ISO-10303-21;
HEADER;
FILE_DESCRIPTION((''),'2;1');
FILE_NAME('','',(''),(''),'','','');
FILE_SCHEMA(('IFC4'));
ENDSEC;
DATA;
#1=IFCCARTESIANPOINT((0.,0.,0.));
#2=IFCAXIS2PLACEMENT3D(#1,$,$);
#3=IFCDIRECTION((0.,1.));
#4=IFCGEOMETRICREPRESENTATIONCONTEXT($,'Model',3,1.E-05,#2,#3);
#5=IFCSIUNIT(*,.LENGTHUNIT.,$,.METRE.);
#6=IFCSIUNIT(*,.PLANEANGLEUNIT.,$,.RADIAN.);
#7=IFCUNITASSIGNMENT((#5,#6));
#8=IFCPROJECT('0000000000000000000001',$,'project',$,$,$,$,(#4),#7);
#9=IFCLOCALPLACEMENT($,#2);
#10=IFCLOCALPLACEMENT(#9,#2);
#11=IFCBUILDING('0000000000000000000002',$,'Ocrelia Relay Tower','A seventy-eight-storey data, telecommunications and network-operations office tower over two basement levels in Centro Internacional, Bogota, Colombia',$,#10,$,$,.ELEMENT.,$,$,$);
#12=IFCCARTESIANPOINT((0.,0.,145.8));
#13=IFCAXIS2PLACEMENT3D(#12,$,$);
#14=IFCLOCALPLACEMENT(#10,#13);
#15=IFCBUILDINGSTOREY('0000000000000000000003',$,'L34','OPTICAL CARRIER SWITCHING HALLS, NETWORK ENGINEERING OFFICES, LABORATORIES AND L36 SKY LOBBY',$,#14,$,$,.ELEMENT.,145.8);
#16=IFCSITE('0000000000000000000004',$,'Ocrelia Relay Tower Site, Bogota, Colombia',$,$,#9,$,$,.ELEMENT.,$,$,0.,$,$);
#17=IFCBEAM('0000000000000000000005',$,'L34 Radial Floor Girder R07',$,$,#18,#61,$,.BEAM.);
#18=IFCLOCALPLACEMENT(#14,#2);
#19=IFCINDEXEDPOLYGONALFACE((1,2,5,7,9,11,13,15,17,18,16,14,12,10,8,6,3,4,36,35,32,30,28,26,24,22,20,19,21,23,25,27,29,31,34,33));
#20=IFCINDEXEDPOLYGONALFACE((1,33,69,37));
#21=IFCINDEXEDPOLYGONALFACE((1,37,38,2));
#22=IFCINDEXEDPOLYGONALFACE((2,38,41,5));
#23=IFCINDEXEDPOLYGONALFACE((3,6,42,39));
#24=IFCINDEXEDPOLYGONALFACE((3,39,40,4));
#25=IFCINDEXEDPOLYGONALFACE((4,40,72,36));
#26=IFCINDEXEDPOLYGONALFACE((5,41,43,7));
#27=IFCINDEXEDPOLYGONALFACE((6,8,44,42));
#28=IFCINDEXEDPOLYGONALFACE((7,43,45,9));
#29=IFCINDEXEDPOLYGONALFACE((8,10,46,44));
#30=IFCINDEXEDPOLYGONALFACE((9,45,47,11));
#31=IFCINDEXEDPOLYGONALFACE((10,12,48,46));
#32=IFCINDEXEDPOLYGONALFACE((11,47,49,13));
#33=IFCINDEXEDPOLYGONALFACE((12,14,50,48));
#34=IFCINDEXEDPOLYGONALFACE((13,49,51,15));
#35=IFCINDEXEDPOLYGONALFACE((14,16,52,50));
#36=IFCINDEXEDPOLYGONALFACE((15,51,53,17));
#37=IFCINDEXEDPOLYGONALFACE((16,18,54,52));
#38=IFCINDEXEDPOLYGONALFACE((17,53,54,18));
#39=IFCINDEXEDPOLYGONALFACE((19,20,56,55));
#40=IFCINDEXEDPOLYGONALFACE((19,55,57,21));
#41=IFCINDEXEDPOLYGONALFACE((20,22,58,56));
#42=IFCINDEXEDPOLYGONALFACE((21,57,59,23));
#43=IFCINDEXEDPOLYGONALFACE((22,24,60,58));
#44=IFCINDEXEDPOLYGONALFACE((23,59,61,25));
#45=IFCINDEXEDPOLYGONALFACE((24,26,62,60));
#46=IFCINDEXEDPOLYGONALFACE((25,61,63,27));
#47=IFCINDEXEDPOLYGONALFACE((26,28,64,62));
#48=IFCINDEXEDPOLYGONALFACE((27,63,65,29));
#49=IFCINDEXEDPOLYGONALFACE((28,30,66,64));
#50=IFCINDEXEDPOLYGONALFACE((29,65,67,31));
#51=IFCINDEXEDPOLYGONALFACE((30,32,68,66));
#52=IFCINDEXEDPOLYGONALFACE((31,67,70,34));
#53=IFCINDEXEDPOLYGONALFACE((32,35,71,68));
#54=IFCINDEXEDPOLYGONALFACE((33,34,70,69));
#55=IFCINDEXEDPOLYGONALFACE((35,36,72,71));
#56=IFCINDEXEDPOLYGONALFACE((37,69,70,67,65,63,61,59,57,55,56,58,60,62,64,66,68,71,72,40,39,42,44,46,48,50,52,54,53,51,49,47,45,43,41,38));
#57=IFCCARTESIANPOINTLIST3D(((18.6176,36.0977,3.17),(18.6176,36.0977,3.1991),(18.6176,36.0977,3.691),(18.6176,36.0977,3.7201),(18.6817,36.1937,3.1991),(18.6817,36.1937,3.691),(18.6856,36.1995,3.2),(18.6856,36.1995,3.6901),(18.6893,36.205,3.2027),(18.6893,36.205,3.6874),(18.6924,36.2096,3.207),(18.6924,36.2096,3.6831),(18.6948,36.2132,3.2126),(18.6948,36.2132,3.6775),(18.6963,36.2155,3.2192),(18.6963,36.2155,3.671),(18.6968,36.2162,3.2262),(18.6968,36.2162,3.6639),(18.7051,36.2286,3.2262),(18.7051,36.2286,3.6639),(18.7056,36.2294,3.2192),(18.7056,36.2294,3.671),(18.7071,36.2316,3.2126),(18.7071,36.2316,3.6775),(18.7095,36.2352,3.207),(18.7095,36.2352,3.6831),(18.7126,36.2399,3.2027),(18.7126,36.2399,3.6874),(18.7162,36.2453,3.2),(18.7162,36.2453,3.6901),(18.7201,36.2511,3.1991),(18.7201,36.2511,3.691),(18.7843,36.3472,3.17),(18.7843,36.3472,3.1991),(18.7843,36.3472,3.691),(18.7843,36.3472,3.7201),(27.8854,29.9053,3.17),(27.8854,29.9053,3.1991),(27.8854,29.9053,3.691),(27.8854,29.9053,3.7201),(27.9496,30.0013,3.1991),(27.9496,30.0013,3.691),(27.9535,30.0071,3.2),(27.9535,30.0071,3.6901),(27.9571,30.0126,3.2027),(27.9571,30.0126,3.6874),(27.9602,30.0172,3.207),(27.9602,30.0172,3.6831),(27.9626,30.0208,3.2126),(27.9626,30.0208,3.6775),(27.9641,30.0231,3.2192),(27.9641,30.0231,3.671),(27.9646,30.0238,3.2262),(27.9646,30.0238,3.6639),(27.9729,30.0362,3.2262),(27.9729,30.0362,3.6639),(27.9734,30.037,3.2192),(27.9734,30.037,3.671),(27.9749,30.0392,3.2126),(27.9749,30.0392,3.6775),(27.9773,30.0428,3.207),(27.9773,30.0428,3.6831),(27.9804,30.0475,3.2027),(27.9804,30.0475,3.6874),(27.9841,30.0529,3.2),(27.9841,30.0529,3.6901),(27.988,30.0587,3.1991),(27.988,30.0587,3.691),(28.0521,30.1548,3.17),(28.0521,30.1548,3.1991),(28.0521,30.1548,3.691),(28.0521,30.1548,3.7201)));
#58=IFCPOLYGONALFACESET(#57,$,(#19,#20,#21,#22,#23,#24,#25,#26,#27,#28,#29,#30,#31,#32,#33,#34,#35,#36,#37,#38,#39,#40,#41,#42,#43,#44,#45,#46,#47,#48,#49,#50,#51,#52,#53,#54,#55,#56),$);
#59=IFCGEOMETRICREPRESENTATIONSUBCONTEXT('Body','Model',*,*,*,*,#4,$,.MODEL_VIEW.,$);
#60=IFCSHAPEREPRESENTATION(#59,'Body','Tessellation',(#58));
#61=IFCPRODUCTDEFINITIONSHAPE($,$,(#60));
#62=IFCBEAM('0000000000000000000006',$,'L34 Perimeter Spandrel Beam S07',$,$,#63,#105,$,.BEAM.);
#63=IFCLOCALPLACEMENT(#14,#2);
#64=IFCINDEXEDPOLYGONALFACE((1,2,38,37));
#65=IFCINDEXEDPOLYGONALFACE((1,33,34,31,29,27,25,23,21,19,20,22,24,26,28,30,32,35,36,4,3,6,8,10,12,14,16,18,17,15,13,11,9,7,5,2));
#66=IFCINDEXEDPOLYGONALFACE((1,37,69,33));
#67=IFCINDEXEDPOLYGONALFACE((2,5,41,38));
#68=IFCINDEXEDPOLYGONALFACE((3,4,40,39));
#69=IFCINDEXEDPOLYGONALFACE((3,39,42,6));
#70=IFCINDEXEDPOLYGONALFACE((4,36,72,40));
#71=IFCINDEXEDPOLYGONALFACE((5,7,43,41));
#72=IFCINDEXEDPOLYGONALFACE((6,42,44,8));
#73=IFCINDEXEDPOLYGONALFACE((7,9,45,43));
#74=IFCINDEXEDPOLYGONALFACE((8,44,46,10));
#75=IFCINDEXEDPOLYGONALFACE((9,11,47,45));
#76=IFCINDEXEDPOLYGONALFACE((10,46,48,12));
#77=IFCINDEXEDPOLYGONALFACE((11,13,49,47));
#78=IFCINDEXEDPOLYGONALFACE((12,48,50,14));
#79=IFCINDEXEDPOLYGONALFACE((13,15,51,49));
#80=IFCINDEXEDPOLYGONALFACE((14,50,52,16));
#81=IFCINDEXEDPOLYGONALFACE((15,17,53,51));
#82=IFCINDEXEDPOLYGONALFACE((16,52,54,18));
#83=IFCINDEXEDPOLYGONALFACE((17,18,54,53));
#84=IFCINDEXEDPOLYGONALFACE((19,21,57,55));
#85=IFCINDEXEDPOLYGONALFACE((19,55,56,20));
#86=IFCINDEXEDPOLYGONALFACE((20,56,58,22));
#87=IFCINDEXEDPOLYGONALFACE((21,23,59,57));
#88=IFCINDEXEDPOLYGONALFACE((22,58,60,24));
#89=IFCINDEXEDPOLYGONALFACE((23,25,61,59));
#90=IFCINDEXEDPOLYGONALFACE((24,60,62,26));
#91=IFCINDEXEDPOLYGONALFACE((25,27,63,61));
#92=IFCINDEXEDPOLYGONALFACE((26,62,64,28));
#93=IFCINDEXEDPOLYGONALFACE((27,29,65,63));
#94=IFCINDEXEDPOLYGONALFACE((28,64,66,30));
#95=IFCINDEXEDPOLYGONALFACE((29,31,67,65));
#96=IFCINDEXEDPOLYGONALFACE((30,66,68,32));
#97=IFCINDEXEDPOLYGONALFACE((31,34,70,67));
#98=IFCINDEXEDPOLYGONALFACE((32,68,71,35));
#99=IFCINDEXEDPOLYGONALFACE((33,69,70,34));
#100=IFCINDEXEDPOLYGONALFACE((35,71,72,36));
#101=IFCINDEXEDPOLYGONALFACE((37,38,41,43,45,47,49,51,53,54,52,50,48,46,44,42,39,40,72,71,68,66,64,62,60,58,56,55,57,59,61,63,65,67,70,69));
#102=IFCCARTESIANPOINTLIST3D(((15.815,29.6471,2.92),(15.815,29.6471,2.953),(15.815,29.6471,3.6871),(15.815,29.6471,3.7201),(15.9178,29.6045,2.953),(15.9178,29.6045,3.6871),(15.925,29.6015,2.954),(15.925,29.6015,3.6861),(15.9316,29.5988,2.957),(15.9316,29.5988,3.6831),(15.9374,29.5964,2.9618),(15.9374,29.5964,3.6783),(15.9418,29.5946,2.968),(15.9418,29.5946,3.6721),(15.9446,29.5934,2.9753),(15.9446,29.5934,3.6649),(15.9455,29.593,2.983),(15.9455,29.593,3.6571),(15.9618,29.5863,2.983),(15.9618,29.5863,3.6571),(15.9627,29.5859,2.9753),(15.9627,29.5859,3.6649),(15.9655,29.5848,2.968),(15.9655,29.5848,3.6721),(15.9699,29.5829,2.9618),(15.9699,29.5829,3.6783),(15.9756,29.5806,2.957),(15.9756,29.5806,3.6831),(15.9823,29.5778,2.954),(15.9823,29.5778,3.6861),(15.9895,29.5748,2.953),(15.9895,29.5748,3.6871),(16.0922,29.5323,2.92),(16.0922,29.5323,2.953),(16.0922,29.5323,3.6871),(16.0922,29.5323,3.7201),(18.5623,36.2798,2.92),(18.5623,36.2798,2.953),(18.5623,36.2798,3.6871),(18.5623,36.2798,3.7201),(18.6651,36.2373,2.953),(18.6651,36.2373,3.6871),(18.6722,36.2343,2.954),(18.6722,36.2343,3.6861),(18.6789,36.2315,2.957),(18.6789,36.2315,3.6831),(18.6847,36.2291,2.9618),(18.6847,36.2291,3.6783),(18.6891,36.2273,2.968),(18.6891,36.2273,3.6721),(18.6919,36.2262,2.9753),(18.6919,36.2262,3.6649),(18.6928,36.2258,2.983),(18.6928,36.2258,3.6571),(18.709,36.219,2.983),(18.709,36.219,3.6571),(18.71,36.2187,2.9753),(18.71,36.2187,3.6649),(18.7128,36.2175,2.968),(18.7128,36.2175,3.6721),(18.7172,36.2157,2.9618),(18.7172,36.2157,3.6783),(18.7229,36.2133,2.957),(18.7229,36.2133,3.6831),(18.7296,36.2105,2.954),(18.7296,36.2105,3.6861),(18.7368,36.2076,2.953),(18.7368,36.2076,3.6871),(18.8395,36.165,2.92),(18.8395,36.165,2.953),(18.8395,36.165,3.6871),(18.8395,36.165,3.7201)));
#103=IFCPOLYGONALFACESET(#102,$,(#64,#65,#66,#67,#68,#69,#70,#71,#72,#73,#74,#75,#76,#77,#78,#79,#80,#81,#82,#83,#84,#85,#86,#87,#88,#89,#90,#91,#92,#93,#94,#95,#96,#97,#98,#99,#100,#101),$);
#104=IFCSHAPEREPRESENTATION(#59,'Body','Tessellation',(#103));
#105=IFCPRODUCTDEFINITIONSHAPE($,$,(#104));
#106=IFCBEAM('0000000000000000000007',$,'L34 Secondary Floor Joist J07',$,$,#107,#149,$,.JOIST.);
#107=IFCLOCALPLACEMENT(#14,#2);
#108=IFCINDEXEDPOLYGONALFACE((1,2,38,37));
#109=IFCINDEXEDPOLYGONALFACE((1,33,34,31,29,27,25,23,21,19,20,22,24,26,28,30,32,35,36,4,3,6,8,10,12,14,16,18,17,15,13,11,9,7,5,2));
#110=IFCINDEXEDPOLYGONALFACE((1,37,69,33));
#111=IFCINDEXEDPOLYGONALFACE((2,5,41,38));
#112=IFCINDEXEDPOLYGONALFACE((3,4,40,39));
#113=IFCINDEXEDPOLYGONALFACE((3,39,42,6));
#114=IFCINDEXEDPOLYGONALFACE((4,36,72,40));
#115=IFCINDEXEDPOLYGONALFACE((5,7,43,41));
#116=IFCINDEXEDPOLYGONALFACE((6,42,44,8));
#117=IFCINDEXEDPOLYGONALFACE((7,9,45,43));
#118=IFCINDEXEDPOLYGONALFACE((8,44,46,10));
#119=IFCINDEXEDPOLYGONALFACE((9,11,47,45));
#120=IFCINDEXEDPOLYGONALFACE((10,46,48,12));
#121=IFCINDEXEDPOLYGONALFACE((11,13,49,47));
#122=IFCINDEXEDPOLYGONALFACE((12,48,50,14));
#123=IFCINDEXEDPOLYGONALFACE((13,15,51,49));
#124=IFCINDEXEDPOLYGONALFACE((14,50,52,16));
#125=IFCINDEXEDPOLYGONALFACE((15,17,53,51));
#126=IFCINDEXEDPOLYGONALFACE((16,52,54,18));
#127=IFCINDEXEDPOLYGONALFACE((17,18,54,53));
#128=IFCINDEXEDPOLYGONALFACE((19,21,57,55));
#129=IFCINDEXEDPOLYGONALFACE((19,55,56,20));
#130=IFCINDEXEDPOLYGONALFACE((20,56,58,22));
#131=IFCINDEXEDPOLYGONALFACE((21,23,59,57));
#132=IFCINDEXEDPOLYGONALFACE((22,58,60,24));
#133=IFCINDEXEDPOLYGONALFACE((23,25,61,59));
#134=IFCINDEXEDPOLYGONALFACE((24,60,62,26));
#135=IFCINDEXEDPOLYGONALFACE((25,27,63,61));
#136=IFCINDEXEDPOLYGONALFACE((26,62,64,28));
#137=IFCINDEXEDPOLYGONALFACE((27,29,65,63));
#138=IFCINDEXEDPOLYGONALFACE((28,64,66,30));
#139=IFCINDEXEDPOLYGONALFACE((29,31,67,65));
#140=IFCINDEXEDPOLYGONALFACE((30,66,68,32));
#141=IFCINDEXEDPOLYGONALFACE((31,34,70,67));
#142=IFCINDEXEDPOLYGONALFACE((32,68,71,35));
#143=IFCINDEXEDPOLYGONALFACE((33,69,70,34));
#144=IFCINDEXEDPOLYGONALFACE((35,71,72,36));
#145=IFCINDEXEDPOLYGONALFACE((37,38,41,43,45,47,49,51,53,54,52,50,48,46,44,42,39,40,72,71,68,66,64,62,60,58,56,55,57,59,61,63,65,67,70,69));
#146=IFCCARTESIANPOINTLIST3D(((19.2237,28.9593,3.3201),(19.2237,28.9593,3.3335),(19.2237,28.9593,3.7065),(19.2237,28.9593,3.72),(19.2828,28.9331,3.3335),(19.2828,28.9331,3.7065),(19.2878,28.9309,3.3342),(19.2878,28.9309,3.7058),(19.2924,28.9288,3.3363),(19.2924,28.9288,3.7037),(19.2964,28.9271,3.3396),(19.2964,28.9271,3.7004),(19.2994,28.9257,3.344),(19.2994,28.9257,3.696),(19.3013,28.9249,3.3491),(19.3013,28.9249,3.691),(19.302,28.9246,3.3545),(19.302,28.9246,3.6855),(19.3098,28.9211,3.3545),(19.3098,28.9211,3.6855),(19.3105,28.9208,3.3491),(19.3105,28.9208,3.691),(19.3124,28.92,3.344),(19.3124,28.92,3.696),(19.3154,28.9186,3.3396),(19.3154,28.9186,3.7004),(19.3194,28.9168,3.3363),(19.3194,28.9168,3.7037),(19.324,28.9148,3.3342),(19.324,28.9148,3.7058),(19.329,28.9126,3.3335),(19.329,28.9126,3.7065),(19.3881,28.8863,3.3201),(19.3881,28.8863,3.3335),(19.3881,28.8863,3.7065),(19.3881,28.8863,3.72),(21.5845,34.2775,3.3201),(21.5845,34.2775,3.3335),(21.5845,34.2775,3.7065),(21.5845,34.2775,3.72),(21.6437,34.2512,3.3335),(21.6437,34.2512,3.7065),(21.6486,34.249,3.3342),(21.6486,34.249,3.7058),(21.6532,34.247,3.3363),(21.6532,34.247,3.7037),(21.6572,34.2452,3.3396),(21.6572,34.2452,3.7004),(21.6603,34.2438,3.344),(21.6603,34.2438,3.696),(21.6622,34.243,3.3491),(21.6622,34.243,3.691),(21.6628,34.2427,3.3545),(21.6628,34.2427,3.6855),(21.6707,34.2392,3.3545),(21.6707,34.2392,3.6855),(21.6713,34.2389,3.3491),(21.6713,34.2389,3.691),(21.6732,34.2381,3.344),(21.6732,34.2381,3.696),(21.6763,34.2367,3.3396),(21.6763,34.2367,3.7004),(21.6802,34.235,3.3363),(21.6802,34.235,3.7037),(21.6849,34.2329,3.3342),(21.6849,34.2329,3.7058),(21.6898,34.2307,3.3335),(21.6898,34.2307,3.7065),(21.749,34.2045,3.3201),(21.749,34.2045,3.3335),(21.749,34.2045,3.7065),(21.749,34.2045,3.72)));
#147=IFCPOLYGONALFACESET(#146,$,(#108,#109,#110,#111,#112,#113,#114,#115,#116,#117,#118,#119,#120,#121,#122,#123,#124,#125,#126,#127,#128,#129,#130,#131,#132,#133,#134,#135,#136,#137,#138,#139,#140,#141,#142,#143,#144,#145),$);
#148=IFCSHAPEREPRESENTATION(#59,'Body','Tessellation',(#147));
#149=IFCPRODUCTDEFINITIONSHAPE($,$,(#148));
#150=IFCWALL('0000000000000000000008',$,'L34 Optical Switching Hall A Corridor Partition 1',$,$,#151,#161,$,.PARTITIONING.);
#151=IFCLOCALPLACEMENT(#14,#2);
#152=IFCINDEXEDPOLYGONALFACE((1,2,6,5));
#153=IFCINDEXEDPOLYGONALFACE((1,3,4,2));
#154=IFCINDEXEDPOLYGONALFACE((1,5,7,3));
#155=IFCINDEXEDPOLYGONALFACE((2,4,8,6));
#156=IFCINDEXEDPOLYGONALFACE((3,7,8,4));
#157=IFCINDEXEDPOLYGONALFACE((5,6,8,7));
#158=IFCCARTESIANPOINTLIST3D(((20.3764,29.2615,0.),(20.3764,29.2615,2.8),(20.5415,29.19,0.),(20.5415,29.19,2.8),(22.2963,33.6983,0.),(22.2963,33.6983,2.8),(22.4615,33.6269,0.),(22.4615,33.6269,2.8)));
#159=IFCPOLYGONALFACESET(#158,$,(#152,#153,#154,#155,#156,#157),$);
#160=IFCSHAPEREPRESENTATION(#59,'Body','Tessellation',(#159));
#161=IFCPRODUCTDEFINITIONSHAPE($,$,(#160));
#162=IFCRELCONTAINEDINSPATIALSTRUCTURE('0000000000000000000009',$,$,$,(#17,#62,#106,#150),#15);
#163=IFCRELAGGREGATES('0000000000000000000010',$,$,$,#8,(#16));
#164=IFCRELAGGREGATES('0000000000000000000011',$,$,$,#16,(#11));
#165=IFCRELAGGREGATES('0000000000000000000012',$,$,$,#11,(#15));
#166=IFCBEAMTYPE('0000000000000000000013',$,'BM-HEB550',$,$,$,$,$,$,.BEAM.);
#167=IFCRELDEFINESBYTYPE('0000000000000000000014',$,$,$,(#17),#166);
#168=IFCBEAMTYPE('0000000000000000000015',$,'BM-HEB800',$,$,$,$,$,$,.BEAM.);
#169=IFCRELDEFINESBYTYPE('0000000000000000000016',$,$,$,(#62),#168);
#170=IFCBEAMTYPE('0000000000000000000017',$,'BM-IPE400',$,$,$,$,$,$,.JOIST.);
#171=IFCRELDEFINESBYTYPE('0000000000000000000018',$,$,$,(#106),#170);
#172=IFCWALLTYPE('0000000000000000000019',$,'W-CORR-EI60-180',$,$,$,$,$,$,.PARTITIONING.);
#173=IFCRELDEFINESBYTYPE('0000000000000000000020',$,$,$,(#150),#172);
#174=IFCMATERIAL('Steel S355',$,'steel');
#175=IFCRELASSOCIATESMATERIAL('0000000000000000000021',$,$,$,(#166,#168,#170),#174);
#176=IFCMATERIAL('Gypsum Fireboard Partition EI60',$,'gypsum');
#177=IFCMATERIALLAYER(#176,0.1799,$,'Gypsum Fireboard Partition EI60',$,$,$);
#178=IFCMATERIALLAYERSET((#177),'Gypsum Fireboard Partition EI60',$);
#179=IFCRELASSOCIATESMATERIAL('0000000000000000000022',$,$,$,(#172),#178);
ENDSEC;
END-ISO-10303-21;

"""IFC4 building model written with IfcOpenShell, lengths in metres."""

from ifc_helpers import new_model, si_unit, direction, frame, frame_2d, origin, origin_2d, place, context, subcontext, project, spatial, rectangle, i_section, extrude, material, layer, layer_set, material_profile, profile_set, type_object, element, save


model = new_model("IFC4")

# Units and contexts
model_context = context("Model", 3, precision=1e-05, world=origin(), true_north=direction((0.0, 1.0)))
body_context = subcontext(model_context, "Body", "Model", "MODEL_VIEW")
ifc_project = project(units=[si_unit("LENGTHUNIT", "METRE"), si_unit("PLANEANGLEUNIT", "RADIAN")], contexts=[model_context])

# Site, building, storey
site_placement = place(None, origin())
site = spatial("IfcSite", under=ifc_project, at=site_placement, Name="Ocrelia Relay Tower Site, Bogota, Colombia", CompositionType="ELEMENT", RefElevation=0.0)
building_placement = place(site_placement, origin())
building = spatial("IfcBuilding", under=site, at=building_placement, Name="Ocrelia Relay Tower", Description="A seventy-eight-storey data, telecommunications and network-operations office tower over two basement levels in Centro Internacional, Bogota, Colombia", CompositionType="ELEMENT")
storey_placement = place(building_placement, frame((0.0, 0.0, 145.8)))
storey = spatial("IfcBuildingStorey", under=building, at=storey_placement, Name="L34", Description="OPTICAL CARRIER SWITCHING HALLS, NETWORK ENGINEERING OFFICES, LABORATORIES AND L36 SKY LOBBY", CompositionType="ELEMENT", Elevation=145.8)

# Beams
ifc_material_1 = material(Name="Steel S355", Category="steel")
ifc_material_profile_1 = material_profile(ifc_material_1, i_section(OverallWidth=0.3, OverallDepth=0.55, WebThickness=0.0149, FlangeThickness=0.0291, FilletRadius=0.0271, at=origin_2d()), Name="HEB 550")
ifc_profile_set_1 = profile_set([ifc_material_profile_1], Name="Steel S355")
beam_type_1 = type_object("IfcBeamType", Name="BM-HEB550", PredefinedType="BEAM", material=ifc_profile_set_1)
beam_1_placement = place(storey_placement, frame((18.7009, 36.2224, 3.4451), z_axis=(0.831477, -0.555559, 0.0), x_axis=(0.555559, 0.831477, 0.0)))
element("IfcBeam", 1, at=beam_1_placement, inside=storey, type_object=beam_type_1, Name="L34 Radial Floor Girder R07", PredefinedType="BEAM", context=body_context, shape_type="SweptSolid", body=[
    extrude(i_section(OverallWidth=0.3, OverallDepth=0.55, WebThickness=0.0149, FlangeThickness=0.0291, FilletRadius=0.0271, at=origin_2d()), origin(), (0.0, 0.0, 1.0), 11.1462),
])
ifc_material_profile_2 = material_profile(ifc_material_1, i_section(OverallWidth=0.3, OverallDepth=0.8, WebThickness=0.0176, FlangeThickness=0.033, FilletRadius=0.03, at=origin_2d()), Name="HEB 800")
ifc_profile_set_2 = profile_set([ifc_material_profile_2], Name="Steel S355")
beam_type_2 = type_object("IfcBeamType", Name="BM-HEB800", PredefinedType="BEAM", material=ifc_profile_set_2)
beam_2_placement = place(storey_placement, frame((18.7009, 36.2224, 3.3201), z_axis=(-0.382673, -0.923884, 0.0), x_axis=(0.923884, -0.382673, 0.0)))
element("IfcBeam", 2, at=beam_2_placement, inside=storey, type_object=beam_type_2, Name="L34 Perimeter Spandrel Beam S07", PredefinedType="BEAM", context=body_context, shape_type="SweptSolid", body=[
    extrude(i_section(OverallWidth=0.3, OverallDepth=0.8, WebThickness=0.0176, FlangeThickness=0.033, FilletRadius=0.03, at=origin_2d()), origin(), (0.0, 0.0, 1.0), 7.1792),
])
ifc_material_profile_3 = material_profile(ifc_material_1, i_section(OverallWidth=0.1799, OverallDepth=0.3999, WebThickness=0.0085, FlangeThickness=0.0134, FilletRadius=0.021, at=origin_2d()), Name="IPE 400")
ifc_profile_set_3 = profile_set([ifc_material_profile_3], Name="Steel S355")
beam_type_3 = type_object("IfcBeamType", Name="BM-IPE400", PredefinedType="JOIST", material=ifc_profile_set_3)
beam_3_placement = place(storey_placement, frame((21.6667, 34.241, 3.52), z_axis=(-0.405741, -0.913988, 0.0), x_axis=(0.913988, -0.405741, 0.0)))
element("IfcBeam", 3, at=beam_3_placement, inside=storey, type_object=beam_type_3, Name="L34 Secondary Floor Joist J07", PredefinedType="JOIST", context=body_context, shape_type="SweptSolid", body=[
    extrude(i_section(OverallWidth=0.1799, OverallDepth=0.3999, WebThickness=0.0085, FlangeThickness=0.0134, FilletRadius=0.021, at=origin_2d()), origin(), (0.0, 0.0, 1.0), 5.8186),
])

# Wall
ifc_material_2 = material(Name="Gypsum Fireboard Partition EI60", Category="gypsum")
ifc_layer_1 = layer(ifc_material_2, 0.1799, Name="Gypsum Fireboard Partition EI60")
ifc_layer_set_1 = layer_set([ifc_layer_1], Name="Gypsum Fireboard Partition EI60")
wall_type_1 = type_object("IfcWallType", Name="W-CORR-EI60-180", PredefinedType="PARTITIONING", material=ifc_layer_set_1)
wall_1_placement = place(storey_placement, frame((22.3789, 33.6626, 0.0), z_axis=(0.0, 0.0, 1.0), x_axis=(-0.397141, -0.917758, 0.0)))
element("IfcWall", 4, at=wall_1_placement, inside=storey, type_object=wall_type_1, Name="L34 Optical Switching Hall A Corridor Partition 1", PredefinedType="PARTITIONING", context=body_context, shape_type="SweptSolid", body=[
    extrude(rectangle(XDim=4.8345, YDim=0.1799, at=frame_2d((2.4172, 0.0))), origin(), (0.0, 0.0, 1.0), 2.8),
])

save(model, "model.ifc")
